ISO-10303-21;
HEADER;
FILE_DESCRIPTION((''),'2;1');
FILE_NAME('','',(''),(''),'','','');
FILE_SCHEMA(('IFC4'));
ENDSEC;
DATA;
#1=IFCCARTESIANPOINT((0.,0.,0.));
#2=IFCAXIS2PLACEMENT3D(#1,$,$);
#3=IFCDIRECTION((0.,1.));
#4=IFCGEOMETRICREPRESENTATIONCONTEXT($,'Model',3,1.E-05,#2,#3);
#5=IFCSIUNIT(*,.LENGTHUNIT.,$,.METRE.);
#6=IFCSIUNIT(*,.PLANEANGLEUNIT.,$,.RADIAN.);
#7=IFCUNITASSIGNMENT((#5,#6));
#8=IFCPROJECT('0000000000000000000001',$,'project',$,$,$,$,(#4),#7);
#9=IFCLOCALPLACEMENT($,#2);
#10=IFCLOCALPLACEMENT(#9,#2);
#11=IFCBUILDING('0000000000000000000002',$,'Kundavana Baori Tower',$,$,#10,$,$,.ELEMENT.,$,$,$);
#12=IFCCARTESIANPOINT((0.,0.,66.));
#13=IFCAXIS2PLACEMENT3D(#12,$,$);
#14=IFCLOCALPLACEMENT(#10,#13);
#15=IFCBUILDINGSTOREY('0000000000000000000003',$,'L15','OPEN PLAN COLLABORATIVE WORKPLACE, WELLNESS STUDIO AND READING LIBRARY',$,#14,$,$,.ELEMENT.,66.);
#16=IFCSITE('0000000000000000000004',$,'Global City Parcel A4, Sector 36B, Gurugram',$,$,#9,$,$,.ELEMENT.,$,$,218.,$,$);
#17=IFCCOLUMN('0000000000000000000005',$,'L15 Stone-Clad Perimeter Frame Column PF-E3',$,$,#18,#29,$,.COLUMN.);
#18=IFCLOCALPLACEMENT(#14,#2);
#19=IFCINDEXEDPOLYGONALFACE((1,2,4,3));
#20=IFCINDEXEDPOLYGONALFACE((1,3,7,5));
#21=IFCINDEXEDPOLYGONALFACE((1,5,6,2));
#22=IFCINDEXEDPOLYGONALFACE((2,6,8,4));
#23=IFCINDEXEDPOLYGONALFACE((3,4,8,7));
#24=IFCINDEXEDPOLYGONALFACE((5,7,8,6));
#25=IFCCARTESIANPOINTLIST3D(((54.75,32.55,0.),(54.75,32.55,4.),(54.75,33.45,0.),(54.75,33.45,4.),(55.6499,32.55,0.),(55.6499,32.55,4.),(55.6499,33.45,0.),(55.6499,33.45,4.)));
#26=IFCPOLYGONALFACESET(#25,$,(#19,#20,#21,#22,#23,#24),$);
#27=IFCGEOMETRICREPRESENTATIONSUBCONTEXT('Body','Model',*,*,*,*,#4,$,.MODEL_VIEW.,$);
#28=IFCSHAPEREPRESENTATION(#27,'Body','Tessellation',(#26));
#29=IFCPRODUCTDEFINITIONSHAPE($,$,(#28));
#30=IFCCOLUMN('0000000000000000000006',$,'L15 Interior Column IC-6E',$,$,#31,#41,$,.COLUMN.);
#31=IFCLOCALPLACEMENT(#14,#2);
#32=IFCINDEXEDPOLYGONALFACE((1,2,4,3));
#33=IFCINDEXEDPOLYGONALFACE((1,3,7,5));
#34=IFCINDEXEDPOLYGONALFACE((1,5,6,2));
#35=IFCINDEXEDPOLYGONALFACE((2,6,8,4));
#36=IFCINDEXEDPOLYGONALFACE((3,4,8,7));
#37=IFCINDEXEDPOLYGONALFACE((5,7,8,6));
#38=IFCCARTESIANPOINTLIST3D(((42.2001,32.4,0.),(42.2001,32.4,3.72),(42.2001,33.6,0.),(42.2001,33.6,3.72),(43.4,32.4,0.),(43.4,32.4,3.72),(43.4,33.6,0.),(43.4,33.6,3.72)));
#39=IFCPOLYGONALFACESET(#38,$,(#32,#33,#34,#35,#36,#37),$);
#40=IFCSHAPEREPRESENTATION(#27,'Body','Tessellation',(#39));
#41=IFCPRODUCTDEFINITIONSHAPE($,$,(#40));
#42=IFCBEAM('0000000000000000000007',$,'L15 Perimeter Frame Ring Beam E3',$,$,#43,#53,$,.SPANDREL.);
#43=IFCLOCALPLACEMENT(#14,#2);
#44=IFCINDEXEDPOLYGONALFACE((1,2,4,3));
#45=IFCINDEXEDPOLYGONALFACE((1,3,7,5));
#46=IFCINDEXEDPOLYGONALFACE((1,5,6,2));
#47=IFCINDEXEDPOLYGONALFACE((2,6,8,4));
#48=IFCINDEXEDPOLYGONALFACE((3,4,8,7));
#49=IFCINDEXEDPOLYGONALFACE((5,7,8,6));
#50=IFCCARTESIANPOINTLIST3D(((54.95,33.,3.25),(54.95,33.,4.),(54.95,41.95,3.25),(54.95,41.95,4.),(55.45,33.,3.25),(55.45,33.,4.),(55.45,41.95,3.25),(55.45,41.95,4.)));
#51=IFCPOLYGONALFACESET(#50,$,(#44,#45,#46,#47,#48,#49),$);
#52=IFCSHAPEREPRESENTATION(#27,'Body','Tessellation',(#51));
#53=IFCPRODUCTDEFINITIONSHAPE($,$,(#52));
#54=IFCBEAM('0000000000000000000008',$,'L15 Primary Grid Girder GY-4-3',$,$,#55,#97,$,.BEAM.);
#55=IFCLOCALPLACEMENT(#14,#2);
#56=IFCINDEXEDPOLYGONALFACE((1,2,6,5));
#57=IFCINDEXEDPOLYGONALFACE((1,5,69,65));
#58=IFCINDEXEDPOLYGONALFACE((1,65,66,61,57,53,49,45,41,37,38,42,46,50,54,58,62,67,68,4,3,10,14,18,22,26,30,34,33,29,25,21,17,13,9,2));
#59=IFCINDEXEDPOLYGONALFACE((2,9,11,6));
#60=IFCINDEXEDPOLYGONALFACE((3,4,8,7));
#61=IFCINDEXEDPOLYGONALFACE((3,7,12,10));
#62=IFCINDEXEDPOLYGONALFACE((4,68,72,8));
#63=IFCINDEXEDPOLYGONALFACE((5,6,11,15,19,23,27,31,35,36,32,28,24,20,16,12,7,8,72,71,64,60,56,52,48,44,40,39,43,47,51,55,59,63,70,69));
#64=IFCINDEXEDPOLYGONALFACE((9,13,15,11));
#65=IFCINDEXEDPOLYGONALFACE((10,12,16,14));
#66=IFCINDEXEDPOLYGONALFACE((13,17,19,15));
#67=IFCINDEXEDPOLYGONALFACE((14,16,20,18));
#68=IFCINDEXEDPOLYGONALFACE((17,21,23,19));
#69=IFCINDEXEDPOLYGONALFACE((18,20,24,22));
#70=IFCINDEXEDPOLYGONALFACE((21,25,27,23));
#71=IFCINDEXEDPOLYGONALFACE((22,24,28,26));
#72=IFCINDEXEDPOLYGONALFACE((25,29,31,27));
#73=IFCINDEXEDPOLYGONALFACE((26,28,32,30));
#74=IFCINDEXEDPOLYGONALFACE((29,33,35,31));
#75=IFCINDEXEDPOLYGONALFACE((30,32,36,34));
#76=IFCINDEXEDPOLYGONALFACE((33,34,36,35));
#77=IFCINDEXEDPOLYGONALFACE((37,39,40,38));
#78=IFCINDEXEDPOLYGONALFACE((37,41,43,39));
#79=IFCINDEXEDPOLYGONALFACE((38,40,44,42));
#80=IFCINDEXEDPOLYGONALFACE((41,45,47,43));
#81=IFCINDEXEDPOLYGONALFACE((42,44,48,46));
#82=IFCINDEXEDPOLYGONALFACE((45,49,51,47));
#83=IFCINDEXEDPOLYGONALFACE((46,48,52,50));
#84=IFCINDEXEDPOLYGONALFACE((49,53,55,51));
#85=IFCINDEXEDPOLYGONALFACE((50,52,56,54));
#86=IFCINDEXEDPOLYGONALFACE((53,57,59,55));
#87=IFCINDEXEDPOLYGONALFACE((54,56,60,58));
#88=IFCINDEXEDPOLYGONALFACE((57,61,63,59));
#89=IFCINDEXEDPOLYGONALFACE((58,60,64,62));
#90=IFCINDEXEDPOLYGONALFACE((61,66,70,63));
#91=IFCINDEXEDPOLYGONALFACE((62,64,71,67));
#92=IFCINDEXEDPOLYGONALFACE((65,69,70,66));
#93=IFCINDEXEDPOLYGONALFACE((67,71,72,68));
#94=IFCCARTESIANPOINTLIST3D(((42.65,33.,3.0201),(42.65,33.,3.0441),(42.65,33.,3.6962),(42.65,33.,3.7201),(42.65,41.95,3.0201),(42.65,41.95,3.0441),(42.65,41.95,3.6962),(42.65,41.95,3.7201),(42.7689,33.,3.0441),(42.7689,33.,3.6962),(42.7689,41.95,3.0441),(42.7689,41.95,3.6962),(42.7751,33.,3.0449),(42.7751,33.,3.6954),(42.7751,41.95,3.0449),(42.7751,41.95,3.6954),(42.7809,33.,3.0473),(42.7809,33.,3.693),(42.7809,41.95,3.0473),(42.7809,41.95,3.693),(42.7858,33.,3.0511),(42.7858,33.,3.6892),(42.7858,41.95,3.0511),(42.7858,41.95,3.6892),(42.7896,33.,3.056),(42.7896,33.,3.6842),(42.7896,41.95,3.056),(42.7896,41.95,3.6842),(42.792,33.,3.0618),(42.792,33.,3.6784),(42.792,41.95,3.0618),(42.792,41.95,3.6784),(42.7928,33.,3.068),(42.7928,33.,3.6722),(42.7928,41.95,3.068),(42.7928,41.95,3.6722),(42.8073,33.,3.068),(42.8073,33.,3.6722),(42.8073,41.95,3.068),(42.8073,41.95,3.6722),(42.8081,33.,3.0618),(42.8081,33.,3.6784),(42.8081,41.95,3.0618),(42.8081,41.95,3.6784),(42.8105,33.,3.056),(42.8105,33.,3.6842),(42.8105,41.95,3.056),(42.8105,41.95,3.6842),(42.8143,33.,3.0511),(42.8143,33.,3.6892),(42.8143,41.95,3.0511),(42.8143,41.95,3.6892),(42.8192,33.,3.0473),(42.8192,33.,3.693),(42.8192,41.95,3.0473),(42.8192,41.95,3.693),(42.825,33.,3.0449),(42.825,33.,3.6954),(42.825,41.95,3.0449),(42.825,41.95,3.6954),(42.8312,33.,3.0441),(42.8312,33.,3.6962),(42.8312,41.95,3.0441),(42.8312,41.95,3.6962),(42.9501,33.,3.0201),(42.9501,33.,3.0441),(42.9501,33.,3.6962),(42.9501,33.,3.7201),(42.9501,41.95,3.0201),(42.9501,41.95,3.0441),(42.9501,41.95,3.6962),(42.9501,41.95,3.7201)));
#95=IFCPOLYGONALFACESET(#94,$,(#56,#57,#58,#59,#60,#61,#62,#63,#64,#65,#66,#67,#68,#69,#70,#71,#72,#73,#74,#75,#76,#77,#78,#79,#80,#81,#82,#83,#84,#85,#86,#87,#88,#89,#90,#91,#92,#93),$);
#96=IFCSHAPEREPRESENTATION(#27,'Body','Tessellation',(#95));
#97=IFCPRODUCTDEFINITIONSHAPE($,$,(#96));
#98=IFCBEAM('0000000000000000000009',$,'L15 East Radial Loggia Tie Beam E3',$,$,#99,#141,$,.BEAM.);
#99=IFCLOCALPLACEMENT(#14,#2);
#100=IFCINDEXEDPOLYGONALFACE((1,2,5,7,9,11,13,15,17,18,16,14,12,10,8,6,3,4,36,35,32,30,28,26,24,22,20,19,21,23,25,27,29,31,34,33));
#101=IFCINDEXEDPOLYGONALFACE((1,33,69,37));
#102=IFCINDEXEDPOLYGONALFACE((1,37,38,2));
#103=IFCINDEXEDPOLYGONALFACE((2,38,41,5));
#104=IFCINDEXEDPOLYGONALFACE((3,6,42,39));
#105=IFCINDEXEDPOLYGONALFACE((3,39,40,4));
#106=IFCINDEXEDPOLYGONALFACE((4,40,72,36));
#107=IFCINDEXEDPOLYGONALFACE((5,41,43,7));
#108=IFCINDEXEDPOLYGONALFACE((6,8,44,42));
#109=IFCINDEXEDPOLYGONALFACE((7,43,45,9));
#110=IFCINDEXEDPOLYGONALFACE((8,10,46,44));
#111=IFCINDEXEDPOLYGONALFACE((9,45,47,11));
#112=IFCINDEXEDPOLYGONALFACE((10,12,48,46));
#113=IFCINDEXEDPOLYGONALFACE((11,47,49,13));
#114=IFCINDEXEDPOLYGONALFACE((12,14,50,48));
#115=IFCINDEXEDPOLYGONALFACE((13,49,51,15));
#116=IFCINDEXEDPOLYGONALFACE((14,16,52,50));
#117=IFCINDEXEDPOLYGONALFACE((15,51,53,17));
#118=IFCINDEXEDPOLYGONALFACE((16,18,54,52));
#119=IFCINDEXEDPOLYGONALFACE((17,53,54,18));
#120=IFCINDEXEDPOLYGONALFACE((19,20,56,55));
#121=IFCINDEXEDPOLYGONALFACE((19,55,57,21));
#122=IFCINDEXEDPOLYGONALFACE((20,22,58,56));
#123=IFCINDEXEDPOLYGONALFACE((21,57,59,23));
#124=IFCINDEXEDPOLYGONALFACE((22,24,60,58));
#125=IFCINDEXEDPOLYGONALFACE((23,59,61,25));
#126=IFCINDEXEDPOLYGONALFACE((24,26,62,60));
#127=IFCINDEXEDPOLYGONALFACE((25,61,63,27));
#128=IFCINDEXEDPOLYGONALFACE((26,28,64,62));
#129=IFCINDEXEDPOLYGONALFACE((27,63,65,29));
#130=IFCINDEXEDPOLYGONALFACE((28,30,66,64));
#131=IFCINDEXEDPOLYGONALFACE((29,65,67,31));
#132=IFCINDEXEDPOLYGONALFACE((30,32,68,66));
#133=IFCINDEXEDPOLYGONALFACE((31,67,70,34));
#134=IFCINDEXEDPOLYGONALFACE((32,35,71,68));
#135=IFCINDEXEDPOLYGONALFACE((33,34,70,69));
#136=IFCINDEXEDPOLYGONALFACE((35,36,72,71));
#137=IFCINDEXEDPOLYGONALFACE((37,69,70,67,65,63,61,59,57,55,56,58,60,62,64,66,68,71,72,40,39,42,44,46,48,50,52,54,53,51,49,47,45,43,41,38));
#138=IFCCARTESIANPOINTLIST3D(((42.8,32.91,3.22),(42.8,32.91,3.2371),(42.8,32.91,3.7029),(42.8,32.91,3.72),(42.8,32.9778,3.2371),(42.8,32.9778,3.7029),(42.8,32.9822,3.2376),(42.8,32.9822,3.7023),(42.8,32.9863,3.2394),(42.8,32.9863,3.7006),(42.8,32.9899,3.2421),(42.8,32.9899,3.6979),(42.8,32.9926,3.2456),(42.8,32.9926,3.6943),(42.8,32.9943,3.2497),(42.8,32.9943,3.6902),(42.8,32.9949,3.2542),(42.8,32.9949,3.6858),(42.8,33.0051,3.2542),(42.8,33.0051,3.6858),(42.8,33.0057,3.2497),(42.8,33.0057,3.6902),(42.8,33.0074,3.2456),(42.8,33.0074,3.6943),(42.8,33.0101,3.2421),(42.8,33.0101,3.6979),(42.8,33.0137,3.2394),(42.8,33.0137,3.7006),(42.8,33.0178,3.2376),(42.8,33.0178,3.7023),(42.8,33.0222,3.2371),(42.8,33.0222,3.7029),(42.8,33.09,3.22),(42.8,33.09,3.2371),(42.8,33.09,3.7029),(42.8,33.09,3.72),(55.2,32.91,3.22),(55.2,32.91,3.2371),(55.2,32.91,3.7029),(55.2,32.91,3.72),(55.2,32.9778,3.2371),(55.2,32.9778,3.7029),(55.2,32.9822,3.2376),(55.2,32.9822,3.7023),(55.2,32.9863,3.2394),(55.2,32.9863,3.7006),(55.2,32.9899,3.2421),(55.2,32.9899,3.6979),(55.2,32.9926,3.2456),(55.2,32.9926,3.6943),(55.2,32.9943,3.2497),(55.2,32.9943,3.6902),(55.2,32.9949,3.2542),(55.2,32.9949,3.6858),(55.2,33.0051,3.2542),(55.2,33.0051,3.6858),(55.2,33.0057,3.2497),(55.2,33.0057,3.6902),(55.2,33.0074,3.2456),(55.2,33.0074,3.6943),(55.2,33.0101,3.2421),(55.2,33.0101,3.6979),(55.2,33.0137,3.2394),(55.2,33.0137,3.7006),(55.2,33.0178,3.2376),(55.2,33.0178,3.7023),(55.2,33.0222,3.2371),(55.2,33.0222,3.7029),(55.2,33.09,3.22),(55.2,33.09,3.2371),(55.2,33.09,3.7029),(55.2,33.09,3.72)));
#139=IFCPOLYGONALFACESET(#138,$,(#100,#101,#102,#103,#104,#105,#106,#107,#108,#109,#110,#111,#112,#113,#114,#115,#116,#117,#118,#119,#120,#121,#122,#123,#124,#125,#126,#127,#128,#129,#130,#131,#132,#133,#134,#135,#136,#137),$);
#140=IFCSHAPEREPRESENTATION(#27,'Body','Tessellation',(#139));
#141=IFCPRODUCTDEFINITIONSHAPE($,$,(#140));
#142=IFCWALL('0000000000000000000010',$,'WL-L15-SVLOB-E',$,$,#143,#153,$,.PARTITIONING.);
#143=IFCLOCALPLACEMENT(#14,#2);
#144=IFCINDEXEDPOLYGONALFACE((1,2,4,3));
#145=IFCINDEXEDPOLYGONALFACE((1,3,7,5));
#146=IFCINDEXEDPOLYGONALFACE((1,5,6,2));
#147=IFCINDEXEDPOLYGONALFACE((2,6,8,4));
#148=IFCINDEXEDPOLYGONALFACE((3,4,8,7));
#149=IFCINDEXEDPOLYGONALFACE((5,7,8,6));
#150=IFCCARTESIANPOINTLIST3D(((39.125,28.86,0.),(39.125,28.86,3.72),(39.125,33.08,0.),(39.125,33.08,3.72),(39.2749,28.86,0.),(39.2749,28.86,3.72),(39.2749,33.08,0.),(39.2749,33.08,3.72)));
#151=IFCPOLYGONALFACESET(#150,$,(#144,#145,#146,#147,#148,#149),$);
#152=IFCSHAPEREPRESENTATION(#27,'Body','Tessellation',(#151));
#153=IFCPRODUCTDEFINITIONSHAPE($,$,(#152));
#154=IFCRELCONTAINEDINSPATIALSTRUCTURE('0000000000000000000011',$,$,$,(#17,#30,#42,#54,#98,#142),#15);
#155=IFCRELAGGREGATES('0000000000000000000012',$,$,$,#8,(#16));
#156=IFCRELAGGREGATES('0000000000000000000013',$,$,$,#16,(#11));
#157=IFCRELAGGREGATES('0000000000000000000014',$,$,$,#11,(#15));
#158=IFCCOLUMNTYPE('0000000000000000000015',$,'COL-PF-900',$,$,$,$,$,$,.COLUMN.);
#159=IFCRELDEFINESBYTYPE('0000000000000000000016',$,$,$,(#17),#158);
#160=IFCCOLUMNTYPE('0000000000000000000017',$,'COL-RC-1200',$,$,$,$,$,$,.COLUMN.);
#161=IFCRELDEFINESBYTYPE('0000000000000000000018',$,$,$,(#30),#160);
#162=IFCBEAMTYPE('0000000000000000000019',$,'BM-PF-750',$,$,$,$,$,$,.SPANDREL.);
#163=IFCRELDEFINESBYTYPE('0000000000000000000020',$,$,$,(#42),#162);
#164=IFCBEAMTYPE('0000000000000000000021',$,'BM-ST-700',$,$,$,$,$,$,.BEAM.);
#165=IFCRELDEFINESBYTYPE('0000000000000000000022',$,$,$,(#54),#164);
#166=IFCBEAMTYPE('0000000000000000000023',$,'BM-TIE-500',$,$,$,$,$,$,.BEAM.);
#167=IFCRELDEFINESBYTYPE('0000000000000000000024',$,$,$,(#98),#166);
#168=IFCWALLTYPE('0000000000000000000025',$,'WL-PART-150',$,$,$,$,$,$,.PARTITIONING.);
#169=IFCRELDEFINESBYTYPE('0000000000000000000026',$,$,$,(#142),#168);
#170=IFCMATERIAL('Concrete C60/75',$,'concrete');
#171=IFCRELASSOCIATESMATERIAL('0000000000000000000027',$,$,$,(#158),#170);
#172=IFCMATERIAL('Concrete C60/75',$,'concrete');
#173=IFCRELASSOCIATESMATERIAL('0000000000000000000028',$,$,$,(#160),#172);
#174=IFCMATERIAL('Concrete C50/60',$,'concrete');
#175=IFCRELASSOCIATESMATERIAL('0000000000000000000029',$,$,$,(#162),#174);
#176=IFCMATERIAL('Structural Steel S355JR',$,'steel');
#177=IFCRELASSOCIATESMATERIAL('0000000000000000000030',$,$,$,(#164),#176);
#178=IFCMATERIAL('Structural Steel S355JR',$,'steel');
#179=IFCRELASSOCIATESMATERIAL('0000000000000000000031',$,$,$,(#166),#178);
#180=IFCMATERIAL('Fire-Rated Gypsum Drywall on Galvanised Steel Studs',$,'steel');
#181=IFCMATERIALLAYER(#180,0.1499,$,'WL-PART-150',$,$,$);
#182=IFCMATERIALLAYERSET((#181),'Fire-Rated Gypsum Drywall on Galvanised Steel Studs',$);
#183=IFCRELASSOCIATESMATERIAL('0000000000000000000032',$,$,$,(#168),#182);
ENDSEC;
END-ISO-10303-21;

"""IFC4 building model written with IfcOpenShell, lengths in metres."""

from ifc_helpers import new_model, si_unit, direction, frame, frame_2d, origin, origin_2d, place, context, subcontext, project, spatial, rectangle, i_section, extrude, material, layer, layer_set, material_profile, profile_set, type_object, element, save


model = new_model("IFC4")

# Units and contexts
model_context = context("Model", 3, precision=1e-05, world=origin(), true_north=direction((0.0, 1.0)))
body_context = subcontext(model_context, "Body", "Model", "MODEL_VIEW")
ifc_project = project(units=[si_unit("LENGTHUNIT", "METRE"), si_unit("PLANEANGLEUNIT", "RADIAN")], contexts=[model_context])

# Site, building, storey
site_placement = place(None, origin())
site = spatial("IfcSite", under=ifc_project, at=site_placement, Name="Global City Parcel A4, Sector 36B, Gurugram", CompositionType="ELEMENT", RefElevation=218.0)
building_placement = place(site_placement, origin())
building = spatial("IfcBuilding", under=site, at=building_placement, Name="Kundavana Baori Tower", CompositionType="ELEMENT")
storey_placement = place(building_placement, frame((0.0, 0.0, 66.0)))
storey = spatial("IfcBuildingStorey", under=building, at=storey_placement, Name="L15", Description="OPEN PLAN COLLABORATIVE WORKPLACE, WELLNESS STUDIO AND READING LIBRARY", CompositionType="ELEMENT", Elevation=66.0)

# Columns
ifc_material_1 = material(Name="Concrete C60/75", Category="concrete")
ifc_material_profile_1 = material_profile(ifc_material_1, rectangle(XDim=0.8999, YDim=0.8999, at=origin_2d()), Name="RC PF 900x900")
ifc_profile_set_1 = profile_set([ifc_material_profile_1], Name="Concrete C60/75")
column_type_1 = type_object("IfcColumnType", Name="COL-PF-900", PredefinedType="COLUMN", material=ifc_profile_set_1)
column_1_placement = place(storey_placement, frame((55.2, 33.0, 0.0), z_axis=(0.0, 0.0, 1.0), x_axis=(1.0, 0.0, 0.0)))
element("IfcColumn", 1, at=column_1_placement, inside=storey, type_object=column_type_1, Name="L15 Stone-Clad Perimeter Frame Column PF-E3", PredefinedType="COLUMN", context=body_context, shape_type="SweptSolid", body=[
    extrude(rectangle(XDim=0.8999, YDim=0.8999, at=origin_2d()), origin(), (0.0, 0.0, 1.0), 4.0),
])
ifc_material_2 = material(Name="Concrete C60/75", Category="concrete")
ifc_material_profile_2 = material_profile(ifc_material_2, rectangle(XDim=1.2, YDim=1.2, at=origin_2d()), Name="RC 1200x1200")
ifc_profile_set_2 = profile_set([ifc_material_profile_2], Name="Concrete C60/75")
column_type_2 = type_object("IfcColumnType", Name="COL-RC-1200", PredefinedType="COLUMN", material=ifc_profile_set_2)
column_2_placement = place(storey_placement, frame((42.8, 33.0, 0.0), z_axis=(0.0, 0.0, 1.0), x_axis=(1.0, 0.0, 0.0)))
element("IfcColumn", 2, at=column_2_placement, inside=storey, type_object=column_type_2, Name="L15 Interior Column IC-6E", PredefinedType="COLUMN", context=body_context, shape_type="SweptSolid", body=[
    extrude(rectangle(XDim=1.2, YDim=1.2, at=origin_2d()), origin(), (0.0, 0.0, 1.0), 3.72),
])

# Beams
ifc_material_3 = material(Name="Concrete C50/60", Category="concrete")
ifc_material_profile_3 = material_profile(ifc_material_3, rectangle(XDim=0.5, YDim=0.75, at=origin_2d()), Name="RC BM 500x750")
ifc_profile_set_3 = profile_set([ifc_material_profile_3], Name="Concrete C50/60")
beam_type_1 = type_object("IfcBeamType", Name="BM-PF-750", PredefinedType="SPANDREL", material=ifc_profile_set_3)
beam_1_placement = place(storey_placement, frame((55.2, 33.0, 3.625), z_axis=(0.0, 1.0, 0.0), x_axis=(-1.0, 0.0, 0.0)))
element("IfcBeam", 3, at=beam_1_placement, inside=storey, type_object=beam_type_1, Name="L15 Perimeter Frame Ring Beam E3", PredefinedType="SPANDREL", context=body_context, shape_type="SweptSolid", body=[
    extrude(rectangle(XDim=0.5, YDim=0.75, at=origin_2d()), origin(), (0.0, 0.0, 1.0), 8.95),
])
ifc_material_4 = material(Name="Structural Steel S355JR", Category="steel")
ifc_material_profile_4 = material_profile(ifc_material_4, i_section(OverallWidth=0.3, OverallDepth=0.7, WebThickness=0.0144, FlangeThickness=0.0239, FilletRadius=0.0239, at=origin_2d()), Name="NPB 700x300x170")
ifc_profile_set_4 = profile_set([ifc_material_profile_4], Name="Structural Steel S355JR")
beam_type_2 = type_object("IfcBeamType", Name="BM-ST-700", PredefinedType="BEAM", material=ifc_profile_set_4)
beam_2_placement = place(storey_placement, frame((42.8, 33.0, 3.3701), z_axis=(0.0, 1.0, 0.0), x_axis=(-1.0, 0.0, 0.0)))
element("IfcBeam", 4, at=beam_2_placement, inside=storey, type_object=beam_type_2, Name="L15 Primary Grid Girder GY-4-3", PredefinedType="BEAM", context=body_context, shape_type="SweptSolid", body=[
    extrude(i_section(OverallWidth=0.3, OverallDepth=0.7, WebThickness=0.0144, FlangeThickness=0.0239, FilletRadius=0.0239, at=origin_2d()), origin(), (0.0, 0.0, 1.0), 8.95),
])
ifc_material_5 = material(Name="Structural Steel S355JR", Category="steel")
ifc_material_profile_5 = material_profile(ifc_material_5, i_section(OverallWidth=0.1799, OverallDepth=0.5, WebThickness=0.0103, FlangeThickness=0.0171, FilletRadius=0.0171, at=origin_2d()), Name="ISMB 500")
ifc_profile_set_5 = profile_set([ifc_material_profile_5], Name="Structural Steel S355JR")
beam_type_3 = type_object("IfcBeamType", Name="BM-TIE-500", PredefinedType="BEAM", material=ifc_profile_set_5)
beam_3_placement = place(storey_placement, frame((42.8, 33.0, 3.47), z_axis=(1.0, 0.0, 0.0), x_axis=(0.0, 1.0, 0.0)))
element("IfcBeam", 5, at=beam_3_placement, inside=storey, type_object=beam_type_3, Name="L15 East Radial Loggia Tie Beam E3", PredefinedType="BEAM", context=body_context, shape_type="SweptSolid", body=[
    extrude(i_section(OverallWidth=0.1799, OverallDepth=0.5, WebThickness=0.0103, FlangeThickness=0.0171, FilletRadius=0.0171, at=origin_2d()), origin(), (0.0, 0.0, 1.0), 12.3999),
])

# Wall
ifc_material_6 = material(Name="Fire-Rated Gypsum Drywall on Galvanised Steel Studs", Category="steel")
ifc_layer_1 = layer(ifc_material_6, 0.1499, Name="WL-PART-150")
ifc_layer_set_1 = layer_set([ifc_layer_1], Name="Fire-Rated Gypsum Drywall on Galvanised Steel Studs")
wall_type_1 = type_object("IfcWallType", Name="WL-PART-150", PredefinedType="PARTITIONING", material=ifc_layer_set_1)
wall_1_placement = place(storey_placement, frame((39.2, 28.8601, 0.0), z_axis=(0.0, 0.0, 1.0), x_axis=(0.0, 1.0, 0.0)))
element("IfcWall", 6, at=wall_1_placement, inside=storey, type_object=wall_type_1, Name="WL-L15-SVLOB-E", PredefinedType="PARTITIONING", context=body_context, shape_type="SweptSolid", body=[
    extrude(rectangle(XDim=4.22, YDim=0.1499, at=frame_2d((2.1099, 0.0))), origin(), (0.0, 0.0, 1.0), 3.72),
])

save(model, "model.ifc")
